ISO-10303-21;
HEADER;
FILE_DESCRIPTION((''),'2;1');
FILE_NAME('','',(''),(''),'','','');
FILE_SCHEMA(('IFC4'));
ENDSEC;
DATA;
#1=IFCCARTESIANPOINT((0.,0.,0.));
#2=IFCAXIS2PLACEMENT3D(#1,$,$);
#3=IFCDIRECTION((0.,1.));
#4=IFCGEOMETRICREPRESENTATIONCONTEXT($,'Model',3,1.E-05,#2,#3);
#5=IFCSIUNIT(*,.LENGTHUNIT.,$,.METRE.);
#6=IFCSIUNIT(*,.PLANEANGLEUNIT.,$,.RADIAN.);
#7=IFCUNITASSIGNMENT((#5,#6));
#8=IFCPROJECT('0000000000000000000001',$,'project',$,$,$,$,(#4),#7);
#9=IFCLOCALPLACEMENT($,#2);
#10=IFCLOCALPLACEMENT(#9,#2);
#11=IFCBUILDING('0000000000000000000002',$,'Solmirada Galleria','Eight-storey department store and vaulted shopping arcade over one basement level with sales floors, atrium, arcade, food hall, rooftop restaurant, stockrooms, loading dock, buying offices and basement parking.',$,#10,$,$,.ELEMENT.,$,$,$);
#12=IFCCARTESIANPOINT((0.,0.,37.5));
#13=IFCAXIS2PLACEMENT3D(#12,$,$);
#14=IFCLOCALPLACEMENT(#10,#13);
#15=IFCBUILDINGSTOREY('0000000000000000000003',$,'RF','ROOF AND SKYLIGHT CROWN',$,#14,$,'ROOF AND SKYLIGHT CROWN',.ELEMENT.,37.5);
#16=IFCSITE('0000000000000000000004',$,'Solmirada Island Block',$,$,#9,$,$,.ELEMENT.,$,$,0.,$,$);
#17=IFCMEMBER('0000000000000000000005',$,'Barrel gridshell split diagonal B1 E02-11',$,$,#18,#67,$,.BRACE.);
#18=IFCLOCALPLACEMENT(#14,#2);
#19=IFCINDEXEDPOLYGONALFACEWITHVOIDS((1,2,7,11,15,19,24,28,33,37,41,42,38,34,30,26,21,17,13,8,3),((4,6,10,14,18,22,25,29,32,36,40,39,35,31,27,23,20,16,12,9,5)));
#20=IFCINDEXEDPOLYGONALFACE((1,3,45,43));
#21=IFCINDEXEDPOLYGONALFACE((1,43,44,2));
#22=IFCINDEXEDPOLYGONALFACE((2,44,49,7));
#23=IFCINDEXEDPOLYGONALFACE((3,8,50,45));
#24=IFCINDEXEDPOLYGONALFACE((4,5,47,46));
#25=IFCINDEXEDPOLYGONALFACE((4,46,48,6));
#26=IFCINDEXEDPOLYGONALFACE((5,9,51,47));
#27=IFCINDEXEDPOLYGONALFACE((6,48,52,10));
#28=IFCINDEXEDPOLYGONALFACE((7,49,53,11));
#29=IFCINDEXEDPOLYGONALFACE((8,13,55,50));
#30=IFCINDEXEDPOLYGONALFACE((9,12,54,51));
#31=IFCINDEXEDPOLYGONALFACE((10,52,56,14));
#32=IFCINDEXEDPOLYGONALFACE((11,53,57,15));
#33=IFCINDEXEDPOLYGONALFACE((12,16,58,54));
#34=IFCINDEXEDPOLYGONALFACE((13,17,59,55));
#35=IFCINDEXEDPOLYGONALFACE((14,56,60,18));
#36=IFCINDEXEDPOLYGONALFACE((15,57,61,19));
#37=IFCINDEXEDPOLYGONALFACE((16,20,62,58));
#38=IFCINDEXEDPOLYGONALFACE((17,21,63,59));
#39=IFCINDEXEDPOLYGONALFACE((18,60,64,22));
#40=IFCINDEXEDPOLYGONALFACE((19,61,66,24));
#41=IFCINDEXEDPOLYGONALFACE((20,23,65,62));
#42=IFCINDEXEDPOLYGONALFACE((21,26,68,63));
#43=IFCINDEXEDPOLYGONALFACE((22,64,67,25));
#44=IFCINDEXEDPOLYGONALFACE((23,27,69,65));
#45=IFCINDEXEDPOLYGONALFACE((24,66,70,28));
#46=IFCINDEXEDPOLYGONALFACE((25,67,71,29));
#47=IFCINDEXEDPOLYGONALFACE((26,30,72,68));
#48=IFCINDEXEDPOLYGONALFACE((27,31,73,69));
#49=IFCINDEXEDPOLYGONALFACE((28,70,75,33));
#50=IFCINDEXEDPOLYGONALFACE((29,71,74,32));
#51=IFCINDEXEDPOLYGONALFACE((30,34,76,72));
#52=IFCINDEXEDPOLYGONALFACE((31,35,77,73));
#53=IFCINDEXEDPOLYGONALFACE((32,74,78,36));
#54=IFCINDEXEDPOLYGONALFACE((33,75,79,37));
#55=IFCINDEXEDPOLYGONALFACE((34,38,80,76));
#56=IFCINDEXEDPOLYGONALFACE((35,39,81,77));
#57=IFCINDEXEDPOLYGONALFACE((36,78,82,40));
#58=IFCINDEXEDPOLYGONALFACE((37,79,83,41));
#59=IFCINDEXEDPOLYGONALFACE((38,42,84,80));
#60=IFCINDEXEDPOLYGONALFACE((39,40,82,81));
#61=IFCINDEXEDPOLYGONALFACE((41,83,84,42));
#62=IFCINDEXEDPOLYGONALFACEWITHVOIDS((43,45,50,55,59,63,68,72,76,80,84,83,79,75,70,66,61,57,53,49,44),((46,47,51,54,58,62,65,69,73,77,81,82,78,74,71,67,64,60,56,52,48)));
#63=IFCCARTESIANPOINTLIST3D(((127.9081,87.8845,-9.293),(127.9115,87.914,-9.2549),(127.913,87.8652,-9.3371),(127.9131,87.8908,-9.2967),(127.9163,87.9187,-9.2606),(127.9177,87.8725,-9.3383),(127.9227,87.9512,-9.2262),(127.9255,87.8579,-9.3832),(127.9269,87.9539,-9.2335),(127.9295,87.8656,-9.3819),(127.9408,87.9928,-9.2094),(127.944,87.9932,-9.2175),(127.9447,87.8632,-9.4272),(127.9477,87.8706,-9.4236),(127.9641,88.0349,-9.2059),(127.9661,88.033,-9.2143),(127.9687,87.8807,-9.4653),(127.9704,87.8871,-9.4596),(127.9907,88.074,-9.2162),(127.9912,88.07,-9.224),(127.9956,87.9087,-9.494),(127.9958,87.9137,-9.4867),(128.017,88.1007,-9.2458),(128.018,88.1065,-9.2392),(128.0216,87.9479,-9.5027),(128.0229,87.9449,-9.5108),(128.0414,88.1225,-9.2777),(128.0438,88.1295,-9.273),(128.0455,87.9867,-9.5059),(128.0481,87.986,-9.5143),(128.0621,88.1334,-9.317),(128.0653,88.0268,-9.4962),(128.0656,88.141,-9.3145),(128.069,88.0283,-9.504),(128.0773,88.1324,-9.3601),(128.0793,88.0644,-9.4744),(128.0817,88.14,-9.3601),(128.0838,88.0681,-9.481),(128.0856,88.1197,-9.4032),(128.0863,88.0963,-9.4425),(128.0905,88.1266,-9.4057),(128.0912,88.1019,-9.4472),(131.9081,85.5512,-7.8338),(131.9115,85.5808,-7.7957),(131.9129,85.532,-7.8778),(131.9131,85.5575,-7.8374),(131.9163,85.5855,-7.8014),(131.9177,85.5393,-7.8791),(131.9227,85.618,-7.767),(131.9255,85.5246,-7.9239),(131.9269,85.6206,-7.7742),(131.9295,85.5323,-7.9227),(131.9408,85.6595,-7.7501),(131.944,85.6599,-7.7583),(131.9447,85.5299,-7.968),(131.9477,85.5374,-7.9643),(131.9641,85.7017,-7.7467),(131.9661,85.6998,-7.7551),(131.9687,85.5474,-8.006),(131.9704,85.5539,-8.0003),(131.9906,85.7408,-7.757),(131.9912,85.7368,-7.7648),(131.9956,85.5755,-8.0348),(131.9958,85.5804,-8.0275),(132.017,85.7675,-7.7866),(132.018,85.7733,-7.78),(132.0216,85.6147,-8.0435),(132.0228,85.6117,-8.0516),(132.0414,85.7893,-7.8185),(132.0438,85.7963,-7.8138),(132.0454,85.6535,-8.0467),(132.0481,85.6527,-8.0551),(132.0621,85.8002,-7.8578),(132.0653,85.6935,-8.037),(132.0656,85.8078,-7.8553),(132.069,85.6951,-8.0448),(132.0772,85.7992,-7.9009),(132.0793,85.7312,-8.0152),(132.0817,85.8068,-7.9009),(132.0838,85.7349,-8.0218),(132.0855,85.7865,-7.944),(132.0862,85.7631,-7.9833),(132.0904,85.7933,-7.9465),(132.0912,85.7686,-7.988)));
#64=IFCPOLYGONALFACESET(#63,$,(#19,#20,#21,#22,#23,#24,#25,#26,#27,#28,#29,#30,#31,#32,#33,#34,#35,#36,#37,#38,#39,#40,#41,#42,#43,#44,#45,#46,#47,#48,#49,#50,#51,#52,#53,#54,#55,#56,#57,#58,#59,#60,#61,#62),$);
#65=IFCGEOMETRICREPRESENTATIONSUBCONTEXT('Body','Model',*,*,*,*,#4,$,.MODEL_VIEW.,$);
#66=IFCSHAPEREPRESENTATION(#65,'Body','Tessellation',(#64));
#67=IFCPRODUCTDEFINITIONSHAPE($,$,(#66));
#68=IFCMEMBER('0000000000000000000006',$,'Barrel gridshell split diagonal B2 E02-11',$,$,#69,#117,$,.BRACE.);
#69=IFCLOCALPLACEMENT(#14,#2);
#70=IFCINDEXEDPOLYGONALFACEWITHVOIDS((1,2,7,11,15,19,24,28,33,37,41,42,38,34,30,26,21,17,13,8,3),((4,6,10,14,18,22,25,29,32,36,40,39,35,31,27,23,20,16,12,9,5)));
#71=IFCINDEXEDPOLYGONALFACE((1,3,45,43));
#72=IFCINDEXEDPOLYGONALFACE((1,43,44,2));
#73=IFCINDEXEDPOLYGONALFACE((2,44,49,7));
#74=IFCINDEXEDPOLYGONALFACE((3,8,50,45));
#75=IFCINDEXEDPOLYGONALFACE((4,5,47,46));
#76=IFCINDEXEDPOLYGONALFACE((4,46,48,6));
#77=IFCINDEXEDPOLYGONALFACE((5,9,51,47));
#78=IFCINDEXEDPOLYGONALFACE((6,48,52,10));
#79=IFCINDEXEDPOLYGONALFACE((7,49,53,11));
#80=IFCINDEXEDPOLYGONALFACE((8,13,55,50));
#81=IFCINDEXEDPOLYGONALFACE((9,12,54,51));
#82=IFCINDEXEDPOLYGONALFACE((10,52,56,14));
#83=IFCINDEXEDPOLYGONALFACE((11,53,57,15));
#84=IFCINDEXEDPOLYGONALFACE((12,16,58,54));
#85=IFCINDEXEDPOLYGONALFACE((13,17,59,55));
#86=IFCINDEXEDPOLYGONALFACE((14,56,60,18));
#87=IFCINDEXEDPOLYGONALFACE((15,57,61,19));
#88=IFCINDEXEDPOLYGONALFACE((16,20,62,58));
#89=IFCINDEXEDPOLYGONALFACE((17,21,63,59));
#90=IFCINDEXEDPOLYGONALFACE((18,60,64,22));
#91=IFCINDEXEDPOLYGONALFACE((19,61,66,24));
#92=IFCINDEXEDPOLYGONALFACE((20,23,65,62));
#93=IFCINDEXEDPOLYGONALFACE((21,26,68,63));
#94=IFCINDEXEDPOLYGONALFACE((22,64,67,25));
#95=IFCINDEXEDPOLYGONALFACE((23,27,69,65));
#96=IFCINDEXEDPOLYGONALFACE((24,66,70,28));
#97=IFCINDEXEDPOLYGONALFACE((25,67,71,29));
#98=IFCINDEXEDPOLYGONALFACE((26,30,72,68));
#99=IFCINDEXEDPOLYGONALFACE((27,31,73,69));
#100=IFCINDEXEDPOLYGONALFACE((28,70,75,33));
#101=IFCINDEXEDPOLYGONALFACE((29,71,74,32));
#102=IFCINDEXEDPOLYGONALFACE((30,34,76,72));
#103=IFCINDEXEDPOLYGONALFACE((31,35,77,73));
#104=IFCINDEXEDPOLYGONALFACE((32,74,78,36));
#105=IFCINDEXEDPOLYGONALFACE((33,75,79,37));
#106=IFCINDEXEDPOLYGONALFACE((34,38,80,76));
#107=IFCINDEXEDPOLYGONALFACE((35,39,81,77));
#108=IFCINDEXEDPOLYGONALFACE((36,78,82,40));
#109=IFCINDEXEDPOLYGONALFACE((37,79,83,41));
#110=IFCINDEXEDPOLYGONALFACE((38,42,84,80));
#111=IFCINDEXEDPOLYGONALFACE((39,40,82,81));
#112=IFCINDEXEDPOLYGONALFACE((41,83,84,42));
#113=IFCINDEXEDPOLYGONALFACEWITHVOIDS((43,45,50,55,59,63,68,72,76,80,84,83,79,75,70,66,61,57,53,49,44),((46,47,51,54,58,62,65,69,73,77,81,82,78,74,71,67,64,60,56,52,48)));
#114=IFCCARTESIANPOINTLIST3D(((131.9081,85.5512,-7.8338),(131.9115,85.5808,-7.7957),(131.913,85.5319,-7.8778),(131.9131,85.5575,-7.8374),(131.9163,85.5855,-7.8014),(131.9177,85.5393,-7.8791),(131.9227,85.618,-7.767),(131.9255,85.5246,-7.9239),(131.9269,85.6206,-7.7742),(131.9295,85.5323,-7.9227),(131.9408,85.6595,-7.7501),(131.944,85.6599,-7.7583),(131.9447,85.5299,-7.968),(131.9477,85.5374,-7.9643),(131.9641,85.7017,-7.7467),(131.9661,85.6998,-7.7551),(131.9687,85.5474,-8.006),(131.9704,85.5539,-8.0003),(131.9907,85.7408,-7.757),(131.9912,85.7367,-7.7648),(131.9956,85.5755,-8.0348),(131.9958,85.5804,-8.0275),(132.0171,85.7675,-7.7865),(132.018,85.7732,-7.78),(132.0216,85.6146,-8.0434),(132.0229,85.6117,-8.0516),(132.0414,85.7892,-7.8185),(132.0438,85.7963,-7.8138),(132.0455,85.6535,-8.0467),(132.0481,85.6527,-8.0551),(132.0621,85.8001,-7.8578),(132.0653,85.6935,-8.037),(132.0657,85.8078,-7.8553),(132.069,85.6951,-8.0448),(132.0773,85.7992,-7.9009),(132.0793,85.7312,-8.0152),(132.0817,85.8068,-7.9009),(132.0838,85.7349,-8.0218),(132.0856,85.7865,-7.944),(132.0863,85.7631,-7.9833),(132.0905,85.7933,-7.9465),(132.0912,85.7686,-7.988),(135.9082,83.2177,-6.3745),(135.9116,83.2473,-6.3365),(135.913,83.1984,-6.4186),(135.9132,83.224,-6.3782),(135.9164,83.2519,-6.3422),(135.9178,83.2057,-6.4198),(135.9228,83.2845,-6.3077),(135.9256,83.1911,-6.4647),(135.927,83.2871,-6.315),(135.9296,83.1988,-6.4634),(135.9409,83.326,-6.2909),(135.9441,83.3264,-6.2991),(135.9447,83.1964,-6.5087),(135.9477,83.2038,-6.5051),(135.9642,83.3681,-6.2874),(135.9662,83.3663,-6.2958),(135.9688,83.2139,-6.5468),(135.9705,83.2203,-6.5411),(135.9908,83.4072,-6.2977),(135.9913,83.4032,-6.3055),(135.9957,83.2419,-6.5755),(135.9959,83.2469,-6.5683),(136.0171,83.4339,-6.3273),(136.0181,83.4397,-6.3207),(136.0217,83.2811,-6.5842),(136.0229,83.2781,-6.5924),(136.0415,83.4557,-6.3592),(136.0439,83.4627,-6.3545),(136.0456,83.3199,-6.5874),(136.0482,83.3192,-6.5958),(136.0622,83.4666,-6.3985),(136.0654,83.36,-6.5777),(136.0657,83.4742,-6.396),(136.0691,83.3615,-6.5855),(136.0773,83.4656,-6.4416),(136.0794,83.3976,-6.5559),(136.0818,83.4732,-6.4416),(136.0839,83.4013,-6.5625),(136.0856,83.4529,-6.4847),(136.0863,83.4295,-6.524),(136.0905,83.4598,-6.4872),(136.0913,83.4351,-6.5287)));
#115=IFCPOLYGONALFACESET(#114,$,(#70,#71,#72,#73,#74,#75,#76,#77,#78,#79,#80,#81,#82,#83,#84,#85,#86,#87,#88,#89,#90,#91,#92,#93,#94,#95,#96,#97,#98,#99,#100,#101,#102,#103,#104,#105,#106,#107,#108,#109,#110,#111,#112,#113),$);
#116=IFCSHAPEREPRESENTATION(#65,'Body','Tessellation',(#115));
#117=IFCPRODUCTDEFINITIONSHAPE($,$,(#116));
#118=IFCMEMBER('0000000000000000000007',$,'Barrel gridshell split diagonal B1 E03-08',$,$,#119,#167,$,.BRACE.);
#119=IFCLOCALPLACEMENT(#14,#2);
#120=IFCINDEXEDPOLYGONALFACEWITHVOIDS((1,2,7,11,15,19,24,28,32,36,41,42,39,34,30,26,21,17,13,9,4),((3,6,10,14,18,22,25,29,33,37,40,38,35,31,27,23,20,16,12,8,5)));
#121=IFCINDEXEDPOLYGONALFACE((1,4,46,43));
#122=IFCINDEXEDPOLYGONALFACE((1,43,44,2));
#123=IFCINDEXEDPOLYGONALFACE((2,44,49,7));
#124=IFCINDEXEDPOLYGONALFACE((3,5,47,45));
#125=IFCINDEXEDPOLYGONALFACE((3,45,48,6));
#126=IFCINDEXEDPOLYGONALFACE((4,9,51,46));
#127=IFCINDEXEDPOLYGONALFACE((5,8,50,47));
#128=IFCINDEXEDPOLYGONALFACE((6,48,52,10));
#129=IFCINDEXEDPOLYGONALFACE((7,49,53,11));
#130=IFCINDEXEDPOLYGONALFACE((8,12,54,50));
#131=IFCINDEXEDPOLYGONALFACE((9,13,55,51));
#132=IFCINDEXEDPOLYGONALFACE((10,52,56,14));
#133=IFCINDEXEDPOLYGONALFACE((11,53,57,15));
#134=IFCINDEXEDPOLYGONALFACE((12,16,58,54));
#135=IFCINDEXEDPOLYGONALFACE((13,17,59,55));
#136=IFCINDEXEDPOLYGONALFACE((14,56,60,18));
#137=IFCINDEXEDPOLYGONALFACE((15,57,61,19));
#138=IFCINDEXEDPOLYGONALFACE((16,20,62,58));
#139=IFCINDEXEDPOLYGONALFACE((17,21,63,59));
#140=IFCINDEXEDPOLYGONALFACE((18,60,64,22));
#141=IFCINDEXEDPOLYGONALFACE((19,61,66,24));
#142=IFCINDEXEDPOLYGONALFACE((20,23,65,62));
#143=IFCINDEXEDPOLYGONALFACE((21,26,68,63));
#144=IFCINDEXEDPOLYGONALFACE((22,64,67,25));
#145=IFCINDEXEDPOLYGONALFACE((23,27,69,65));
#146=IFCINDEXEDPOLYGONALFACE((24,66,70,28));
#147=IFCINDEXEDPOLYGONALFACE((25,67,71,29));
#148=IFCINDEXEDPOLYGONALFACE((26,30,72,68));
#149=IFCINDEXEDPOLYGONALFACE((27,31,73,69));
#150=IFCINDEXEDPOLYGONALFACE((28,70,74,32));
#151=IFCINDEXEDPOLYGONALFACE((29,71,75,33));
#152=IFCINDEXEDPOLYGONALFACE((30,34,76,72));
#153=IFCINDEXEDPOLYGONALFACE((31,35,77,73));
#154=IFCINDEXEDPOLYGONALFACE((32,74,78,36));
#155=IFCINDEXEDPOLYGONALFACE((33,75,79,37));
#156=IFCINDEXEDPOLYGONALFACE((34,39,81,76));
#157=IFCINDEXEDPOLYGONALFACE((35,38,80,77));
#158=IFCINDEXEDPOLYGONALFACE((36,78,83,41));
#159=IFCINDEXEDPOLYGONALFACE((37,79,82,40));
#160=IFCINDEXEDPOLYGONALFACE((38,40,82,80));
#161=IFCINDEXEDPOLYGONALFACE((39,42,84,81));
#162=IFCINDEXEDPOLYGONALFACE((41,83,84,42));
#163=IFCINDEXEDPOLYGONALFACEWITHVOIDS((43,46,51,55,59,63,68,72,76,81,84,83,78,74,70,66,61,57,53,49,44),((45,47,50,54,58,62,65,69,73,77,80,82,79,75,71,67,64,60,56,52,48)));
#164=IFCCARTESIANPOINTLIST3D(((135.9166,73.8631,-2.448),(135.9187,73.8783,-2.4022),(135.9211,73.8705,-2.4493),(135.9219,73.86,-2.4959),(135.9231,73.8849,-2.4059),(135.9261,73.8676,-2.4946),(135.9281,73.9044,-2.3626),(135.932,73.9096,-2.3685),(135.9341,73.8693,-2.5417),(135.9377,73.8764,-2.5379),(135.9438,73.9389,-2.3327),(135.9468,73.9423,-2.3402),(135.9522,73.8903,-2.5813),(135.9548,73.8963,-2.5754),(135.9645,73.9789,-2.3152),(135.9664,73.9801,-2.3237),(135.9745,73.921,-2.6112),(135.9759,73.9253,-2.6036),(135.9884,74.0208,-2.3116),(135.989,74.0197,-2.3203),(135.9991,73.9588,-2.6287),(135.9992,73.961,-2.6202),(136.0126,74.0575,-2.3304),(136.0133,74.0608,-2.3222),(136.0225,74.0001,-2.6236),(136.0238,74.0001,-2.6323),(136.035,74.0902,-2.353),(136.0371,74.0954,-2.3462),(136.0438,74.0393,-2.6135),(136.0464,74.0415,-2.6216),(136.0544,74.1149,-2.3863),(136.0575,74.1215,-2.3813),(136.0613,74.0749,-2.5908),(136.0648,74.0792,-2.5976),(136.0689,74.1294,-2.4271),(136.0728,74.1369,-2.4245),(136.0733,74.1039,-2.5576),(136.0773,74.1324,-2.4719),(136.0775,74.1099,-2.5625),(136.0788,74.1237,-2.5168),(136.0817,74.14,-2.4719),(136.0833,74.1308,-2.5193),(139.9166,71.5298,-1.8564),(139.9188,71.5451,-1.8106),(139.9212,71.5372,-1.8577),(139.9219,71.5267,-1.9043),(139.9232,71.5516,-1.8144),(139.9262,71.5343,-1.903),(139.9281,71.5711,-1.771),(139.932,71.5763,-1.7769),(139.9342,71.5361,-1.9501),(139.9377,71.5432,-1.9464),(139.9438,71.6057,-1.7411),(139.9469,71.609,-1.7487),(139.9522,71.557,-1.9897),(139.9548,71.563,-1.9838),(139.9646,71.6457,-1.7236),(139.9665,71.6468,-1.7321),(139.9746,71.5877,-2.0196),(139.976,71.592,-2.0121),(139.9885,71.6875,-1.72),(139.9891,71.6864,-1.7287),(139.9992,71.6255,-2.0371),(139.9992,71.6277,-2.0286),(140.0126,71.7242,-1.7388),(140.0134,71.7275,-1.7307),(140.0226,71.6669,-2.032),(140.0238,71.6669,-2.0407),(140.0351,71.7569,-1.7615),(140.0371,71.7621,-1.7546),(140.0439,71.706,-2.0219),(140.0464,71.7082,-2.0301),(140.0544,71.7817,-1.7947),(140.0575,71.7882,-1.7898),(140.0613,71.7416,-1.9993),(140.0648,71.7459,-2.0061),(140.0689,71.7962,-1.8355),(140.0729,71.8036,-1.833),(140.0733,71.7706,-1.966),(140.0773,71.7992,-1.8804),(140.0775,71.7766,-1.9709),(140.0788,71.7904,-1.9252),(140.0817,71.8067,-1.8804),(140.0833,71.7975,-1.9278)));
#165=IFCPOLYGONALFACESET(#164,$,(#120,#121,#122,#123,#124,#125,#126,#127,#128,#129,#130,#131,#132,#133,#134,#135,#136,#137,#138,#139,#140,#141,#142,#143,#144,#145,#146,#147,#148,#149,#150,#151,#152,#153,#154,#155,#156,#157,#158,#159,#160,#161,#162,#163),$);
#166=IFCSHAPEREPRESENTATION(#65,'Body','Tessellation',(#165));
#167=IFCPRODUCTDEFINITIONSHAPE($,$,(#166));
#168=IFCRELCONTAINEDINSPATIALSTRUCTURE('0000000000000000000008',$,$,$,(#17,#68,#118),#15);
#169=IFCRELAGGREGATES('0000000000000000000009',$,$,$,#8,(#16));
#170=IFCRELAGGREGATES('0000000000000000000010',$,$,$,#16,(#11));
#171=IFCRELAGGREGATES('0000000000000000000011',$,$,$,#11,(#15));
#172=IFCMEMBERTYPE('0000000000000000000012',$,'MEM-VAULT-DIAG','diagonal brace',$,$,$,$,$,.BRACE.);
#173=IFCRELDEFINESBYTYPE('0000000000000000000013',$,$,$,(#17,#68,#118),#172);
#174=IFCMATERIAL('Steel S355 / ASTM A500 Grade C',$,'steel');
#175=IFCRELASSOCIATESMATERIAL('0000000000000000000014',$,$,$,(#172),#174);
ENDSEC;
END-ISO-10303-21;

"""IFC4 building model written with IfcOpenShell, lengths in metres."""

from ifc_helpers import new_model, si_unit, direction, frame, origin, origin_2d, place, context, subcontext, project, spatial, hollow_circle, extrude, material, material_profile, profile_set, type_object, element, save


model = new_model("IFC4")

# Units and contexts
model_context = context("Model", 3, precision=1e-05, world=origin(), true_north=direction((0.0, 1.0)))
body_context = subcontext(model_context, "Body", "Model", "MODEL_VIEW")
ifc_project = project(units=[si_unit("LENGTHUNIT", "METRE"), si_unit("PLANEANGLEUNIT", "RADIAN")], contexts=[model_context])

# Site, building, storey
site_placement = place(None, origin())
site = spatial("IfcSite", under=ifc_project, at=site_placement, Name="Solmirada Island Block", CompositionType="ELEMENT", RefElevation=0.0)
building_placement = place(site_placement, origin())
building = spatial("IfcBuilding", under=site, at=building_placement, Name="Solmirada Galleria", Description="Eight-storey department store and vaulted shopping arcade over one basement level with sales floors, atrium, arcade, food hall, rooftop restaurant, stockrooms, loading dock, buying offices and basement parking.", CompositionType="ELEMENT")
storey_placement = place(building_placement, frame((0.0, 0.0, 37.5)))
storey = spatial("IfcBuildingStorey", under=building, at=storey_placement, Name="RF", Description="ROOF AND SKYLIGHT CROWN", LongName="ROOF AND SKYLIGHT CROWN", CompositionType="ELEMENT", Elevation=37.5)

# Members
ifc_material_1 = material(Name="Steel S355 / ASTM A500 Grade C", Category="steel")
ifc_material_profile_1 = material_profile(ifc_material_1, hollow_circle(Radius=0.1621, WallThickness=0.0088, at=origin_2d()), Name="HSS12.750X0.375")
ifc_profile_set_1 = profile_set([ifc_material_profile_1], Name="Steel S355 / ASTM A500 Grade C")
member_type_1 = type_object("IfcMemberType", Name="MEM-VAULT-DIAG", Description="diagonal brace", PredefinedType="BRACE", material=ifc_profile_set_1)
member_1_placement = place(storey_placement, frame((128.0, 88.0, -9.3601), z_axis=(0.823851, -0.480563, 0.300547), x_axis=(0.503858, 0.863787, 0.0)))
element("IfcMember", 1, at=member_1_placement, inside=storey, type_object=member_type_1, Name="Barrel gridshell split diagonal B1 E02-11", PredefinedType="BRACE", context=body_context, shape_type="SweptSolid", body=[
    extrude(hollow_circle(Radius=0.1621, WallThickness=0.0088, at=origin_2d()), origin(), (0.0, 0.0, 1.0), 4.8552),
])
member_2_placement = place(storey_placement, frame((132.0, 85.6667, -7.9009), z_axis=(0.823831, -0.480602, 0.30054), x_axis=(0.503897, 0.863764, 0.0)))
element("IfcMember", 2, at=member_2_placement, inside=storey, type_object=member_type_1, Name="Barrel gridshell split diagonal B2 E02-11", PredefinedType="BRACE", context=body_context, shape_type="SweptSolid", body=[
    extrude(hollow_circle(Radius=0.1621, WallThickness=0.0088, at=origin_2d()), origin(), (0.0, 0.0, 1.0), 4.8555),
])
member_3_placement = place(storey_placement, frame((136.0, 74.0, -2.4719), z_axis=(0.856824, -0.499796, 0.126714), x_axis=(0.503858, 0.863787, 0.0)))
element("IfcMember", 3, at=member_3_placement, inside=storey, type_object=member_type_1, Name="Barrel gridshell split diagonal B1 E03-08", PredefinedType="BRACE", context=body_context, shape_type="SweptSolid", body=[
    extrude(hollow_circle(Radius=0.1621, WallThickness=0.0088, at=origin_2d()), origin(), (0.0, 0.0, 1.0), 4.6685),
])

save(model, "model.ifc")
